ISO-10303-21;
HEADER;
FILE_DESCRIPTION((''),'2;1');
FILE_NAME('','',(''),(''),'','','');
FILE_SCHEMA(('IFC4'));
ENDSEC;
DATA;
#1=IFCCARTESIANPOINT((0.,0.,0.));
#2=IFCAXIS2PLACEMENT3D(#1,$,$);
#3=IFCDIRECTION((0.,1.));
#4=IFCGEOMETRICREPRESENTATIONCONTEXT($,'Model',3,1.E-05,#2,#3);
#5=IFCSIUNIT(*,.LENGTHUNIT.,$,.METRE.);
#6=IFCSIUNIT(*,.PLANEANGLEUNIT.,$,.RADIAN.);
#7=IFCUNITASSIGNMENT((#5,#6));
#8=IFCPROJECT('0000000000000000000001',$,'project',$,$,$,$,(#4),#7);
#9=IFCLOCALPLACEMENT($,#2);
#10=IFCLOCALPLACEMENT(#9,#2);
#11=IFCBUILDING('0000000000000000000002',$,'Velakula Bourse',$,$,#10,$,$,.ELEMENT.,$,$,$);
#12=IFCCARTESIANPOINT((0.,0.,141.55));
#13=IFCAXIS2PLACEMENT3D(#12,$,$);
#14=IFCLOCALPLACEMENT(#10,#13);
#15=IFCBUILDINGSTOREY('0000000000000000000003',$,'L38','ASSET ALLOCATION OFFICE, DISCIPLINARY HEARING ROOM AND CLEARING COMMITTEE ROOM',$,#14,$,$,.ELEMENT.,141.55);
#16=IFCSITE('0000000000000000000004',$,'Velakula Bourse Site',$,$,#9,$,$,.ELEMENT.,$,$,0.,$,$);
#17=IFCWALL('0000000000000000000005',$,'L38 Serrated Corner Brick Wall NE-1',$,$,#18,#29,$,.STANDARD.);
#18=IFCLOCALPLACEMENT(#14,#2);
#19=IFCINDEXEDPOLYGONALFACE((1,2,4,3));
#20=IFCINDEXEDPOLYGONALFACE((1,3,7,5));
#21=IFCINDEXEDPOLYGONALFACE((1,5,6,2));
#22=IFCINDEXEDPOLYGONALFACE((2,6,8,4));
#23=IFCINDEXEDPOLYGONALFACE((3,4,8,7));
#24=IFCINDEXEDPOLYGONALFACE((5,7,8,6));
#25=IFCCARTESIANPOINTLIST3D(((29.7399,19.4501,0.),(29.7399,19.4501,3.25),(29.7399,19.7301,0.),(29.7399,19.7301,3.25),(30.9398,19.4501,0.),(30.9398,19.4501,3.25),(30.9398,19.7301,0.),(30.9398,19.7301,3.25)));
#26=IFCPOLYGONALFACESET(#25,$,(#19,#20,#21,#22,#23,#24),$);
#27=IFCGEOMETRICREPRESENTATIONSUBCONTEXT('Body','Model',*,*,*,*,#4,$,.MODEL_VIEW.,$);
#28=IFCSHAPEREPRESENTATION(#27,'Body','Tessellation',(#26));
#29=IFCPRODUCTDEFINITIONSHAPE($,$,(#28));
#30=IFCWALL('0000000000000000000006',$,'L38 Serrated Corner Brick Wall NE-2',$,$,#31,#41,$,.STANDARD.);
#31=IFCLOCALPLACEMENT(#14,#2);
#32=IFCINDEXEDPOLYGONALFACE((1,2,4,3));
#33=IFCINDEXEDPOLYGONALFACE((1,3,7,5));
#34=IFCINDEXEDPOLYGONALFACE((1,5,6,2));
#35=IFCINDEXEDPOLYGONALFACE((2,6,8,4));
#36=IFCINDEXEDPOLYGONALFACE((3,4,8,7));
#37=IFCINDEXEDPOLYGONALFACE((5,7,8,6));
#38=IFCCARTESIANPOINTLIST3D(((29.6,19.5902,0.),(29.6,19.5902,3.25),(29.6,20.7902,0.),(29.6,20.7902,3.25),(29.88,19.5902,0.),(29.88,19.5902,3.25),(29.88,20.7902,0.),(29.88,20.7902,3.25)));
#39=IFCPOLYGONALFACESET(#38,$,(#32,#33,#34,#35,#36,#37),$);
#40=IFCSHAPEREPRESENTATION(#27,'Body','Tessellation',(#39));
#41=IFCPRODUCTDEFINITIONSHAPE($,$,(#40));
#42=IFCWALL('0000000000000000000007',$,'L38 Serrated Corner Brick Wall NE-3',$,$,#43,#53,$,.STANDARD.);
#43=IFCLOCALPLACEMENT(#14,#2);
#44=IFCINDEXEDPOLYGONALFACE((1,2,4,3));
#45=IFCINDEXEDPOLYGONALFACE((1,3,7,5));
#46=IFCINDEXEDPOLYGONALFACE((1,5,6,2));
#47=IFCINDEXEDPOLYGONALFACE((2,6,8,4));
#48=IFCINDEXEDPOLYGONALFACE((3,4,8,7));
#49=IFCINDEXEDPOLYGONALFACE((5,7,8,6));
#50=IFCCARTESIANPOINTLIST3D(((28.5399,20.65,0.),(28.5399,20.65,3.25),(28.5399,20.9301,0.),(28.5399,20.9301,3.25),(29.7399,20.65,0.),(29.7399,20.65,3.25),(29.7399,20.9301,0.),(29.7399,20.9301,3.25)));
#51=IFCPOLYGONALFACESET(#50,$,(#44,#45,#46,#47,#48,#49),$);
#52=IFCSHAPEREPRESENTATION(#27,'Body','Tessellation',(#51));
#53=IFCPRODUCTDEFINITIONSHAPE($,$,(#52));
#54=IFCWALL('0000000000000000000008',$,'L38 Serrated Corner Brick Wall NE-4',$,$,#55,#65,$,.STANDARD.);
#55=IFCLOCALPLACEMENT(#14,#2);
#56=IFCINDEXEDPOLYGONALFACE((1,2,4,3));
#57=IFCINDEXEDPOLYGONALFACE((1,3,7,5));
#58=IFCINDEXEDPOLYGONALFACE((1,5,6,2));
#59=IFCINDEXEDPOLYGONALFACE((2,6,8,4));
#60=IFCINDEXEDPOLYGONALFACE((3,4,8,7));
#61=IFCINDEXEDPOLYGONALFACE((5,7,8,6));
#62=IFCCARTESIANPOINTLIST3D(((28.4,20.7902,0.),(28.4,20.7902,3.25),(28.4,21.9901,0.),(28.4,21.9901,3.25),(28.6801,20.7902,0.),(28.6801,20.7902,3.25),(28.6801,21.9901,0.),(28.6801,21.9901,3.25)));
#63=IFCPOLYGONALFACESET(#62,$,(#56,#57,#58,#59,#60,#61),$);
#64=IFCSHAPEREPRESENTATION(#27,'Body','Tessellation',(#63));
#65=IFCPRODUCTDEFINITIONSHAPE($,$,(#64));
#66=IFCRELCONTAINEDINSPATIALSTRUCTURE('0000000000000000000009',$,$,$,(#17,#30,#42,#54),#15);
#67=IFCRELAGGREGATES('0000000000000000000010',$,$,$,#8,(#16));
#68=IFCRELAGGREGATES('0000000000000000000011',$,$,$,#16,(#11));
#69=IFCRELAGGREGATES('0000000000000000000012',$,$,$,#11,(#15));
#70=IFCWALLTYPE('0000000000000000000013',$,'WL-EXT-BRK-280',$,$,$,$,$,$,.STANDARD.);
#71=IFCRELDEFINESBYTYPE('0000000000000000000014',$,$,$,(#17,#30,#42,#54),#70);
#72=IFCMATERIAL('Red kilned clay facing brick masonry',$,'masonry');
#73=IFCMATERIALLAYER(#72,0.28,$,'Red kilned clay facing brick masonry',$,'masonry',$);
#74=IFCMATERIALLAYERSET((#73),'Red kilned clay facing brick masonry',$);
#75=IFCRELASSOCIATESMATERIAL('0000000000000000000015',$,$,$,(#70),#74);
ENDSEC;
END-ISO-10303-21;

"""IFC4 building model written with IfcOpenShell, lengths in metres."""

from ifc_helpers import new_model, si_unit, direction, frame, frame_2d, origin, place, context, subcontext, project, spatial, rectangle, extrude, material, layer, layer_set, type_object, element, save


model = new_model("IFC4")

# Units and contexts
model_context = context("Model", 3, precision=1e-05, world=origin(), true_north=direction((0.0, 1.0)))
body_context = subcontext(model_context, "Body", "Model", "MODEL_VIEW")
ifc_project = project(units=[si_unit("LENGTHUNIT", "METRE"), si_unit("PLANEANGLEUNIT", "RADIAN")], contexts=[model_context])

# Site, building, storey
site_placement = place(None, origin())
site = spatial("IfcSite", under=ifc_project, at=site_placement, Name="Velakula Bourse Site", CompositionType="ELEMENT", RefElevation=0.0)
building_placement = place(site_placement, origin())
building = spatial("IfcBuilding", under=site, at=building_placement, Name="Velakula Bourse", CompositionType="ELEMENT")
storey_placement = place(building_placement, frame((0.0, 0.0, 141.55)))
storey = spatial("IfcBuildingStorey", under=building, at=storey_placement, Name="L38", Description="ASSET ALLOCATION OFFICE, DISCIPLINARY HEARING ROOM AND CLEARING COMMITTEE ROOM", CompositionType="ELEMENT", Elevation=141.55)

# Shared definitions
ifc_material_1 = material(Name="Red kilned clay facing brick masonry", Category="masonry")
ifc_layer = layer(ifc_material_1, 0.28, Name="Red kilned clay facing brick masonry", Category="masonry")
ifc_layer_set = layer_set([ifc_layer], Name="Red kilned clay facing brick masonry")
wall_type = type_object("IfcWallType", Name="WL-EXT-BRK-280", PredefinedType="STANDARD", material=ifc_layer_set)

# Walls
for number, where, z_axis, x_axis, name in (
    (1, (30.9399, 19.5901, 0.0), (0.0, 0.0, 1.0), (-1.0, 0.0, 0.0), "L38 Serrated Corner Brick Wall NE-1"),
    (2, (29.74, 19.5901, 0.0), (0.0, 0.0, 1.0), (0.0, 1.0, 0.0), "L38 Serrated Corner Brick Wall NE-2"),
    (3, (29.74, 20.79, 0.0), (0.0, 0.0, 1.0), (-1.0, 0.0, 0.0), "L38 Serrated Corner Brick Wall NE-3"),
    (4, (28.54, 20.79, 0.0), (0.0, 0.0, 1.0), (0.0, 1.0, 0.0), "L38 Serrated Corner Brick Wall NE-4"),
):
    element("IfcWall", number, at=place(storey_placement, frame(where, z_axis=z_axis, x_axis=x_axis)), inside=storey, type_object=wall_type, Name=name, PredefinedType="STANDARD", context=body_context, shape_type="SweptSolid", body=[
        extrude(rectangle(XDim=1.2, YDim=0.28, at=frame_2d((0.6001, 0.0))), origin(), (0.0, 0.0, 1.0), 3.25),
    ])

save(model, "model.ifc")
